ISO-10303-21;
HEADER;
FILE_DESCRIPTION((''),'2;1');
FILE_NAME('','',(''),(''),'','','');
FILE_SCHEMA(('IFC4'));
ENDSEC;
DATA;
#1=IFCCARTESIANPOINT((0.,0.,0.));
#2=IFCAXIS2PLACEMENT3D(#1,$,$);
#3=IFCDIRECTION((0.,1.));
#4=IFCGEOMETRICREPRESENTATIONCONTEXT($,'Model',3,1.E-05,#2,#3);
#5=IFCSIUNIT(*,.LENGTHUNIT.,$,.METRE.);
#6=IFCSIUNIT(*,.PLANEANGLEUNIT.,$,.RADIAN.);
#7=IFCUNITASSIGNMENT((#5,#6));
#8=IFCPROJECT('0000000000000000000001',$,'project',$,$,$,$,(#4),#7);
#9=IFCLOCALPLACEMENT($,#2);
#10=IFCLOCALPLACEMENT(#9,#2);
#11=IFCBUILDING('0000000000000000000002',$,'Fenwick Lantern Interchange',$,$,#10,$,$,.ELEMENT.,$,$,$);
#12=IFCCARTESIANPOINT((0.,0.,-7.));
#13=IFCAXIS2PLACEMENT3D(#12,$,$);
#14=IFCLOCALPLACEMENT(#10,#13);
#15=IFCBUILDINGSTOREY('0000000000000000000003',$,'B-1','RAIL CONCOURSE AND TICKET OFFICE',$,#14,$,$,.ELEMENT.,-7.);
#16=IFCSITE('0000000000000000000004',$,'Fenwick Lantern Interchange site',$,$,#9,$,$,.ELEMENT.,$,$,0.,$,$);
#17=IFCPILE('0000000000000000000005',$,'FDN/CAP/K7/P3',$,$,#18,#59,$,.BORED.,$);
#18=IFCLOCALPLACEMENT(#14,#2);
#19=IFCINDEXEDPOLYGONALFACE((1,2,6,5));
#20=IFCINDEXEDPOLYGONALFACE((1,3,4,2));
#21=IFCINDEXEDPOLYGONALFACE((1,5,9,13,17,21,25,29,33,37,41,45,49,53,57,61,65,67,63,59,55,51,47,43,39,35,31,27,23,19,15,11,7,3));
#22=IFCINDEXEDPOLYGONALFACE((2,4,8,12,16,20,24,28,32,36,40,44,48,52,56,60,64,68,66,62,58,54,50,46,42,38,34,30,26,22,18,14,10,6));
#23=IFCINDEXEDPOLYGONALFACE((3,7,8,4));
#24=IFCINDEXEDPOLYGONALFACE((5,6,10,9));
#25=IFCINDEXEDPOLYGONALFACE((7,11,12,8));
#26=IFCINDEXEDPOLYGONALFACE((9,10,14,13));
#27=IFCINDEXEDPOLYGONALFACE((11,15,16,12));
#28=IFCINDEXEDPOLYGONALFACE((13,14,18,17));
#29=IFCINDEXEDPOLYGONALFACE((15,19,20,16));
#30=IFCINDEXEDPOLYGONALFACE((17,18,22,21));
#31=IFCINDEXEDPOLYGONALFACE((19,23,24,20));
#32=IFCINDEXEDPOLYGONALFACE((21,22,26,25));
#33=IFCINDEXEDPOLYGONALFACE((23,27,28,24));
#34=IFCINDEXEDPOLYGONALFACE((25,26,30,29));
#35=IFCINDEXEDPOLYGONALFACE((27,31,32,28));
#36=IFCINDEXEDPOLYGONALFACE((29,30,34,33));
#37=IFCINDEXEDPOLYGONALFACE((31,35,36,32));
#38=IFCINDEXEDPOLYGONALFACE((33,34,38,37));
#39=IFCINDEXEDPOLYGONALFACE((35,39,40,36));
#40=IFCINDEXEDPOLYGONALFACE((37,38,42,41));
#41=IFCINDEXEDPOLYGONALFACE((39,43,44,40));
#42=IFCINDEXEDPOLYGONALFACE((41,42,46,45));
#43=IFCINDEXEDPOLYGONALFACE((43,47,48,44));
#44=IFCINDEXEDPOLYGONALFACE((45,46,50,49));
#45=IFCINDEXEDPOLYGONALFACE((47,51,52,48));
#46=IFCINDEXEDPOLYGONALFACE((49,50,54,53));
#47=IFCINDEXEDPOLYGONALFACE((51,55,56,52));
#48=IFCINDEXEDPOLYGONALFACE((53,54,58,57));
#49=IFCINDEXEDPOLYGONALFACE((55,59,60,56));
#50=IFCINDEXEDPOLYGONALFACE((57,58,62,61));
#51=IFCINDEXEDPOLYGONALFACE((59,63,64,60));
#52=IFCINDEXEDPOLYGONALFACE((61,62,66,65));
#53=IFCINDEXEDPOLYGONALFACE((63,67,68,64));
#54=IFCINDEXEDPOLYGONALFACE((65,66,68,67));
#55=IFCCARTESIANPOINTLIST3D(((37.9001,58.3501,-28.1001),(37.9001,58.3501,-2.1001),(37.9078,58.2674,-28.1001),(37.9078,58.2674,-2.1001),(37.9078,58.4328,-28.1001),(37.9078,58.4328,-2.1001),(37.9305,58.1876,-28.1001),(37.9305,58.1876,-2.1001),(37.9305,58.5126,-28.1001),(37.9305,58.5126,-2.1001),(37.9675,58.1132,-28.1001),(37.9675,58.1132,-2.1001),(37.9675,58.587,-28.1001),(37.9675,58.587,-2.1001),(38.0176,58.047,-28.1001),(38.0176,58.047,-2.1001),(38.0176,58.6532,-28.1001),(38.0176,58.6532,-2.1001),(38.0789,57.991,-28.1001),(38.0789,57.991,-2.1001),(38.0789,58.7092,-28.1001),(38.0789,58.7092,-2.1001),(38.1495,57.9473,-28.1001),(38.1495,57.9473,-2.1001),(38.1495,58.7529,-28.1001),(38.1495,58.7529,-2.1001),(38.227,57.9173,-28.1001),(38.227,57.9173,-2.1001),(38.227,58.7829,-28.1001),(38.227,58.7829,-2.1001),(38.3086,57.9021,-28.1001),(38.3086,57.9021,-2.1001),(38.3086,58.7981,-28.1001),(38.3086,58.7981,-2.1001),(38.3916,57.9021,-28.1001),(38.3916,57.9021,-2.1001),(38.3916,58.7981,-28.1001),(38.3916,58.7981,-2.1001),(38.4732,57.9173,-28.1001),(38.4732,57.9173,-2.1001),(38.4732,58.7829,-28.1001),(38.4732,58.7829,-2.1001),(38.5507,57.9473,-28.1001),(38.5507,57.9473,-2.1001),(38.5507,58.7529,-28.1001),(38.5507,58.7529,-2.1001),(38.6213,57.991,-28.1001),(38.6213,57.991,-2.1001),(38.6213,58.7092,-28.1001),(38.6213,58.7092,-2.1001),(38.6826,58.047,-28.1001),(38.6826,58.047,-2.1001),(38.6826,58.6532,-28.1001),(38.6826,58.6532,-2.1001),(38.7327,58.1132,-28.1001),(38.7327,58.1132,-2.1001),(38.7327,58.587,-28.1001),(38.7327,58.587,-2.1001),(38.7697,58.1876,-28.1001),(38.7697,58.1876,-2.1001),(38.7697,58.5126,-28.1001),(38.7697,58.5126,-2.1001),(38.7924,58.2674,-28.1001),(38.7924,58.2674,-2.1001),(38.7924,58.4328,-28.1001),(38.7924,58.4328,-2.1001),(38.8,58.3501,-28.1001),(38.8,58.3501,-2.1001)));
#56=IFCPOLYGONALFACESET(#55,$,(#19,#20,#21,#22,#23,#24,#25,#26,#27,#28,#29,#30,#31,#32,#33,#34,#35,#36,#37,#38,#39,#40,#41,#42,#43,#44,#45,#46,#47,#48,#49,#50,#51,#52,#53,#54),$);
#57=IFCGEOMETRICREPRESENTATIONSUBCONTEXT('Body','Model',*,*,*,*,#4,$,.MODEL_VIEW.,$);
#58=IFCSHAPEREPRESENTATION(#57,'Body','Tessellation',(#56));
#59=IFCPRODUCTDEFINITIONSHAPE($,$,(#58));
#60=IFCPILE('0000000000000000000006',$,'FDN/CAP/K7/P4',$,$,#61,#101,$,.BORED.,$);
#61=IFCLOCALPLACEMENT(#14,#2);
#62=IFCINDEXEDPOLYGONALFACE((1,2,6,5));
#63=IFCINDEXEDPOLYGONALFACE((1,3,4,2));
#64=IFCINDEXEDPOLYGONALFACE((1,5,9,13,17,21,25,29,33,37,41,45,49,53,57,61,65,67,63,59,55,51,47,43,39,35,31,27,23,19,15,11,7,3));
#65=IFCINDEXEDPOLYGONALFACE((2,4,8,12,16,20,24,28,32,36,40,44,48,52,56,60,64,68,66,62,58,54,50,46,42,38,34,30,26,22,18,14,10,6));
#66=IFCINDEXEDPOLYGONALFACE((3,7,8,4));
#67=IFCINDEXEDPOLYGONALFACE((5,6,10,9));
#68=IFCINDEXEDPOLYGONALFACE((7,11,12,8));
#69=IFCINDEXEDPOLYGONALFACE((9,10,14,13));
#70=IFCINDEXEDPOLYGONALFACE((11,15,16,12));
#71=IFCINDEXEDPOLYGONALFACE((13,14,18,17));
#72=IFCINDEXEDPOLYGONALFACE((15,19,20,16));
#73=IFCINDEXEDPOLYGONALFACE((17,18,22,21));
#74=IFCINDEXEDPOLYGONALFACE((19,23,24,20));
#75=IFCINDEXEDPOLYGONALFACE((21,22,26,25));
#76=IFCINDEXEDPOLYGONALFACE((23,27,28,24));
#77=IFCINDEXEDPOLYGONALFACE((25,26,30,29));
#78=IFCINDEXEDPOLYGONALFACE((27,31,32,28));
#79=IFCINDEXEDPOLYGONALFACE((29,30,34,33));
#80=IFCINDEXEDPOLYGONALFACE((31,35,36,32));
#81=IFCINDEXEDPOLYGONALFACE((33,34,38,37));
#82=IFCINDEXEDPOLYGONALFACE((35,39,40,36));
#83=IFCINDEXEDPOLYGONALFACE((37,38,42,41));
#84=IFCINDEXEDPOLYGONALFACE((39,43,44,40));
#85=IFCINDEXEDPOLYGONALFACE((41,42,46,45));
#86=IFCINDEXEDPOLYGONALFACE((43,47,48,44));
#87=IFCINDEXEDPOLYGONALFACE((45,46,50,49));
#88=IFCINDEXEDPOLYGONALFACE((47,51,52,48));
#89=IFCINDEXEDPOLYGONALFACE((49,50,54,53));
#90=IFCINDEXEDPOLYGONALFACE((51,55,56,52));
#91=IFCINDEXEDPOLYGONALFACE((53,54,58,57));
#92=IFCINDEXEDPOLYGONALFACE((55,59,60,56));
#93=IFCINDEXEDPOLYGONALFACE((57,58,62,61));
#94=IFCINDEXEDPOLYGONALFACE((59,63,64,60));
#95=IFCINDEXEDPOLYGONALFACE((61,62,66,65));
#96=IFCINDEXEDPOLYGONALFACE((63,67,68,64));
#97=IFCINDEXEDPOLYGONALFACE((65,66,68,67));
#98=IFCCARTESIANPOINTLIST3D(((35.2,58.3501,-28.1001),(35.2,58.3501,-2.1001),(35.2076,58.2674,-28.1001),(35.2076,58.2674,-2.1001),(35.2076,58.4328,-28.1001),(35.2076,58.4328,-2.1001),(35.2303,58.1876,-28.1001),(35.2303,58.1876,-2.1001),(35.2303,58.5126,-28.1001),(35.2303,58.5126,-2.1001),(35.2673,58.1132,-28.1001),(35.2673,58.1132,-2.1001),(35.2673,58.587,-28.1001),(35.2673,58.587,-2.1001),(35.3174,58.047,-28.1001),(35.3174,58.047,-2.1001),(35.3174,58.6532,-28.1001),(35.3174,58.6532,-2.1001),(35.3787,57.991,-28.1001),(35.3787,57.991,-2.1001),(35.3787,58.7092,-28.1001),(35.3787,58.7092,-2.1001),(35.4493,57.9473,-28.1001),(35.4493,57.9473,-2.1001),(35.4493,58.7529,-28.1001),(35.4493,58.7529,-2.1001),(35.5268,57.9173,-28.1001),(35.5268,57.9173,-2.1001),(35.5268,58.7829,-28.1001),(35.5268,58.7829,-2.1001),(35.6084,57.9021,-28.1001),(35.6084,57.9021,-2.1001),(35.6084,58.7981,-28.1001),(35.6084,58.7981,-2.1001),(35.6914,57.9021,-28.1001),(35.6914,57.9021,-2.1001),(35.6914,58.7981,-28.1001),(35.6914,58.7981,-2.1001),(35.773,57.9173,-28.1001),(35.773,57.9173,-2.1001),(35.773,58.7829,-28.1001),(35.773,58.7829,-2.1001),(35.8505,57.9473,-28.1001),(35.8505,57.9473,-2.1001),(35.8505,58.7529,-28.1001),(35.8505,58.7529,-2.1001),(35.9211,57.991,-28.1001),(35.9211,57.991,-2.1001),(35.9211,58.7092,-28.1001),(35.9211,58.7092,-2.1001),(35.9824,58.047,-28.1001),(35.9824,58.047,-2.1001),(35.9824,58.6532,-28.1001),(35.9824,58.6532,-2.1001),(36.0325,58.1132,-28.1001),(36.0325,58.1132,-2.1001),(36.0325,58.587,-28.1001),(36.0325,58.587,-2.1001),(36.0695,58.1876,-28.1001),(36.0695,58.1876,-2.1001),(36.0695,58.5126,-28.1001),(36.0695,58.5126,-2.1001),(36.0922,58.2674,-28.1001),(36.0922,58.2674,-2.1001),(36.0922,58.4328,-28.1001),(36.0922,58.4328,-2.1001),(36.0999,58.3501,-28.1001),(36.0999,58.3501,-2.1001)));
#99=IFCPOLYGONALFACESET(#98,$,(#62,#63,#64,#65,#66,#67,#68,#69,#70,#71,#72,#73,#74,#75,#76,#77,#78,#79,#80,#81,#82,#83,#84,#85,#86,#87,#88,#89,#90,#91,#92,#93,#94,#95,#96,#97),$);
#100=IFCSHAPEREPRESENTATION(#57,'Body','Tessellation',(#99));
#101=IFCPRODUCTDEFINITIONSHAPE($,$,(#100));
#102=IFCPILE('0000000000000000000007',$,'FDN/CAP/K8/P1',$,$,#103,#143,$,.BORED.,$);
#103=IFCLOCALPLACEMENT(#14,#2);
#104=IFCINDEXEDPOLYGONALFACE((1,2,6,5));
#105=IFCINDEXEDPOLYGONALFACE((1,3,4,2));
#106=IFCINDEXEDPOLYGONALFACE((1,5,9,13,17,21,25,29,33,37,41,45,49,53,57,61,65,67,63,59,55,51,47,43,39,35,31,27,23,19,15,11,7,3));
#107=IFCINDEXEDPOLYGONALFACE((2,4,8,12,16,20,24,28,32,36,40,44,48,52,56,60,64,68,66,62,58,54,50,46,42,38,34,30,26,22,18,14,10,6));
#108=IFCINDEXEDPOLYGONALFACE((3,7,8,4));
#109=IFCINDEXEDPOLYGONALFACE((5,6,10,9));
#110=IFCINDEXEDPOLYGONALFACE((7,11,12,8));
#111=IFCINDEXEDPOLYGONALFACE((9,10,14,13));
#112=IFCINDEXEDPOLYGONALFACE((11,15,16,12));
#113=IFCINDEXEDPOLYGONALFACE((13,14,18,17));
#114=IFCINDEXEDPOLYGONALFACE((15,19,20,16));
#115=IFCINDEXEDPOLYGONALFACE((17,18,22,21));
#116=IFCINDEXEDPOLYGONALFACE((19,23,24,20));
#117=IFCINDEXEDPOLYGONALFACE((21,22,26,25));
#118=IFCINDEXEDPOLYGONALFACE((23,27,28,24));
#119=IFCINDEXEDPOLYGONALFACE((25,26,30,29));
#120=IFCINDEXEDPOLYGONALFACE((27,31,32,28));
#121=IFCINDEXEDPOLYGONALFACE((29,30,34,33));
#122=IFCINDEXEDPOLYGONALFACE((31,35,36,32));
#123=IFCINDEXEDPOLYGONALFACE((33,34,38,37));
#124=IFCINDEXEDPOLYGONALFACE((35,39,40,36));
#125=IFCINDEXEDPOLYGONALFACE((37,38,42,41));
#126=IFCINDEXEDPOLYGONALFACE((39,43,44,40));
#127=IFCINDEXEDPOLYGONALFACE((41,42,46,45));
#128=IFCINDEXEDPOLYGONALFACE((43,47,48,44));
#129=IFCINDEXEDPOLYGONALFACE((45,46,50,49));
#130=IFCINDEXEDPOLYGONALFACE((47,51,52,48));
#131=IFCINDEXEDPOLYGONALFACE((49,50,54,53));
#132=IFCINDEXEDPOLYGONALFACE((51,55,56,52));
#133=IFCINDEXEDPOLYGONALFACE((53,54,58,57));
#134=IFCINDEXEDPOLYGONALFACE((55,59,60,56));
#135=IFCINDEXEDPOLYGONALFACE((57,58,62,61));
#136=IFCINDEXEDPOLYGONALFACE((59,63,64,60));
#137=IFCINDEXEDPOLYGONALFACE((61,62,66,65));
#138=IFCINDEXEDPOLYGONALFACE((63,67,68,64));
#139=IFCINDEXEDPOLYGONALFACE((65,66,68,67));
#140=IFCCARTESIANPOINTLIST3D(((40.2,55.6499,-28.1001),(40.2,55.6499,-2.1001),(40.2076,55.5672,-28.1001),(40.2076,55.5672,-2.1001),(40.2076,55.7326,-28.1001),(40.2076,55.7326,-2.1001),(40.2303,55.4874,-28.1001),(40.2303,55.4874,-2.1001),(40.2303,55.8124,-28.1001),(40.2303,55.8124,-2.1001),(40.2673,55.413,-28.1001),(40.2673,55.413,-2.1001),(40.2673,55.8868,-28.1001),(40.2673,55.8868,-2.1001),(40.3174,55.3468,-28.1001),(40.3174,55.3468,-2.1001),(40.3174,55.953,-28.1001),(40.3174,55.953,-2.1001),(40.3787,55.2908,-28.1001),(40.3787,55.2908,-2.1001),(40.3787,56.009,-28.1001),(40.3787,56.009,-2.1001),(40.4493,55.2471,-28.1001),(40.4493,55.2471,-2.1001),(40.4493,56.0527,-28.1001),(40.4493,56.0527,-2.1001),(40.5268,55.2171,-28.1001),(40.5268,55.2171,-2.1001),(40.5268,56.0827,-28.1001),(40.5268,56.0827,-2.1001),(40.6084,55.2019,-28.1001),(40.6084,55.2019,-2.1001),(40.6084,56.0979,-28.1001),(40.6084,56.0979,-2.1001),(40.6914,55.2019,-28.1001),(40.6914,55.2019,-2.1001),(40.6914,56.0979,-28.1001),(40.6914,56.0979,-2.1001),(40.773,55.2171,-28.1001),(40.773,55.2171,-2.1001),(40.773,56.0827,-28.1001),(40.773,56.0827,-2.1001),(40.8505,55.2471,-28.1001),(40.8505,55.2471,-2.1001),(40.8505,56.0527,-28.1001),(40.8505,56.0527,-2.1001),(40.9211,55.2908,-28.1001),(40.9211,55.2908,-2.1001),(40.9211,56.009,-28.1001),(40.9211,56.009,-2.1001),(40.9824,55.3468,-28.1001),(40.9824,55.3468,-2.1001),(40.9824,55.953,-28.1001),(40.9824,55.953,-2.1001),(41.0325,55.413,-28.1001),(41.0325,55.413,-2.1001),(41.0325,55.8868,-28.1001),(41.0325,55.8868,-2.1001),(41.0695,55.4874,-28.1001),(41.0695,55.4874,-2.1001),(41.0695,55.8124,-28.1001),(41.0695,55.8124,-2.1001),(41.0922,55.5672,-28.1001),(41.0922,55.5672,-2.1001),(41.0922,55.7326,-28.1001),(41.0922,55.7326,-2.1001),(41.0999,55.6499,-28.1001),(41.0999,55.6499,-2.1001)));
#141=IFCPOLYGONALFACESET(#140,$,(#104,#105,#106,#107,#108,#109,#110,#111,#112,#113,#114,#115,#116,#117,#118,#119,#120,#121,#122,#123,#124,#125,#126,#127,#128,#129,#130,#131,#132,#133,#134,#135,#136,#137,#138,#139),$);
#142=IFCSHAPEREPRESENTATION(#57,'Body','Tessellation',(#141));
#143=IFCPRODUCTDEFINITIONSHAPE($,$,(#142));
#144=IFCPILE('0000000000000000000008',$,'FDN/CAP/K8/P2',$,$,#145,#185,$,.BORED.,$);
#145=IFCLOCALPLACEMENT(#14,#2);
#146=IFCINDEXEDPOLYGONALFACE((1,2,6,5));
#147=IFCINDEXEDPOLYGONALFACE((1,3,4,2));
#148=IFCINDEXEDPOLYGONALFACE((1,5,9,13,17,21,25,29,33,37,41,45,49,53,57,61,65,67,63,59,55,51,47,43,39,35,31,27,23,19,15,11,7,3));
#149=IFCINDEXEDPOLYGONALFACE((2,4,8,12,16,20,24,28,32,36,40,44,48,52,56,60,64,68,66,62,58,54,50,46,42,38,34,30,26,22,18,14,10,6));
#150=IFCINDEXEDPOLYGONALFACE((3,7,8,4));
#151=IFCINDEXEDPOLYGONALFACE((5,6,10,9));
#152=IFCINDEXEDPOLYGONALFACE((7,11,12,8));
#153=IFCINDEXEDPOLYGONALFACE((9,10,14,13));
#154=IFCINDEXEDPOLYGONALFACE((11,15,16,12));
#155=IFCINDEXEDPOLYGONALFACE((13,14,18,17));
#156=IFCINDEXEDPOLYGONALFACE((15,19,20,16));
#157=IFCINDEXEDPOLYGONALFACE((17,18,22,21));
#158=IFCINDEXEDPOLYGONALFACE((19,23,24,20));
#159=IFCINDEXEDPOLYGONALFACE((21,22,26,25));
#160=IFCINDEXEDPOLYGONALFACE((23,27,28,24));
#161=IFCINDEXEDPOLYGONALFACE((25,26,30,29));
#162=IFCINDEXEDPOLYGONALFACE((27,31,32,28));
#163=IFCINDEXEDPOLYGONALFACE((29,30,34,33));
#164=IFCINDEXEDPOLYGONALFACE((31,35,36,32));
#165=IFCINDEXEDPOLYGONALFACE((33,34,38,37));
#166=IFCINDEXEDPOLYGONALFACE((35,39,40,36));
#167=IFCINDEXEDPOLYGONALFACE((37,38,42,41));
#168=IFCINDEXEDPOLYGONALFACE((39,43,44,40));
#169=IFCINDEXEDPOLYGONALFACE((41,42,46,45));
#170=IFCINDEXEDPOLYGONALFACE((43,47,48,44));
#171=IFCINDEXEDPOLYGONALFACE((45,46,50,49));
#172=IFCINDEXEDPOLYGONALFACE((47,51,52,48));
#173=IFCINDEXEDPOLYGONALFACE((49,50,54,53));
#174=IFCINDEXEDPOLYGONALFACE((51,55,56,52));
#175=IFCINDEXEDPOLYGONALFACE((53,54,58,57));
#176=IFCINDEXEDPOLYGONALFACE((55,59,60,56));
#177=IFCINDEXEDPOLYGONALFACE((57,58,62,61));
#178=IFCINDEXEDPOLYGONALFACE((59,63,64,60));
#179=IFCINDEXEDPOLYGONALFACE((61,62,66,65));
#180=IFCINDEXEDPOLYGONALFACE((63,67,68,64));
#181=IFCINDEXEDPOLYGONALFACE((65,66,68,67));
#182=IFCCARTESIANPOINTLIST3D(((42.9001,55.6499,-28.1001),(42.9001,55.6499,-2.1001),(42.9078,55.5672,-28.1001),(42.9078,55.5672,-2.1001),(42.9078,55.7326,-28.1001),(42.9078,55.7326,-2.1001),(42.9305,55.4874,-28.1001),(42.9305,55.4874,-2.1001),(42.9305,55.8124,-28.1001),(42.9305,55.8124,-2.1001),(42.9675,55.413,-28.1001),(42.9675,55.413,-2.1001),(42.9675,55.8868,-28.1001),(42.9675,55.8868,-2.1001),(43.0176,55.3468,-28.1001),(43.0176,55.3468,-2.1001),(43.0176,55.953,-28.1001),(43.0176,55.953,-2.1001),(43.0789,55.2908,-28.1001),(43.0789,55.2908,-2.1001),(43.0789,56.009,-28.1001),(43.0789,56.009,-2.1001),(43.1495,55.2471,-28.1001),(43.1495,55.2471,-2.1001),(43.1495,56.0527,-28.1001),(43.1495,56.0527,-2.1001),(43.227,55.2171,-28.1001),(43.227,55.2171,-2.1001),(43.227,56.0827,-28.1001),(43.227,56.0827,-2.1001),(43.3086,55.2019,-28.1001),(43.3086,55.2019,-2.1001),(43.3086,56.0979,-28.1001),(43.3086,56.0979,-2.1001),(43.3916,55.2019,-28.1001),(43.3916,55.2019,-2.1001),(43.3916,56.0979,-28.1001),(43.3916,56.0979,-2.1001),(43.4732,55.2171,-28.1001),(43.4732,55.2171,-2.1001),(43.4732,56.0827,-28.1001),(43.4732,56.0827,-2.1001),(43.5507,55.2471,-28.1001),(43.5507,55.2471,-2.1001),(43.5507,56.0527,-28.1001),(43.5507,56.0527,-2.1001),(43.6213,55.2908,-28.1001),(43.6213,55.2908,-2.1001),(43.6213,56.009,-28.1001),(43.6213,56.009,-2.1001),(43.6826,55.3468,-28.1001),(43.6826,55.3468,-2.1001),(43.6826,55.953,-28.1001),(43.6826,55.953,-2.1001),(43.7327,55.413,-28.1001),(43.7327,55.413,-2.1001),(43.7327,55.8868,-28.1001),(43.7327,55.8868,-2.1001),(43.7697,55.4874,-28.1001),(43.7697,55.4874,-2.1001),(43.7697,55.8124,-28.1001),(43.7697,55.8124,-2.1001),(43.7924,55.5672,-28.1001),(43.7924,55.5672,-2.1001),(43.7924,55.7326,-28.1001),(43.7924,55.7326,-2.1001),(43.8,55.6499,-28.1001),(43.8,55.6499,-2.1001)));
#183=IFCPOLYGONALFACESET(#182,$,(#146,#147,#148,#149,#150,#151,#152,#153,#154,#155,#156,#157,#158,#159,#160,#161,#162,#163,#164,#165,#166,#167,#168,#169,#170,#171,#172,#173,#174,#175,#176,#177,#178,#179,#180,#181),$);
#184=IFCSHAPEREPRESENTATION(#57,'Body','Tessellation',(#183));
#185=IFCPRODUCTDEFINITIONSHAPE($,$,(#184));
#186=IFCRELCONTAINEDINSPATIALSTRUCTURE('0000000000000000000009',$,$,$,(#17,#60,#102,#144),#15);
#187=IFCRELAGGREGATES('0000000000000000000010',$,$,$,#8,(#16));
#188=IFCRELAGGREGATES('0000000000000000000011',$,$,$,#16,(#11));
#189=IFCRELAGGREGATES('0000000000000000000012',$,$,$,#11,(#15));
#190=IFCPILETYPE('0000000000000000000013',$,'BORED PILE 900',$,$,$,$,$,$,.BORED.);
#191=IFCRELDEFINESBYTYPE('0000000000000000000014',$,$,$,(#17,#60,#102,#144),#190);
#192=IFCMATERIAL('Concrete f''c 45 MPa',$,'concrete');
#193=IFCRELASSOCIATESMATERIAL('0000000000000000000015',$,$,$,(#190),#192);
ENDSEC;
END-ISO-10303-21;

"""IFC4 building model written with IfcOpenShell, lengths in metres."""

from ifc_helpers import new_model, si_unit, direction, frame, origin, origin_2d, place, context, subcontext, project, spatial, circle, extrude, material, type_object, element, save


model = new_model("IFC4")

# Units and contexts
model_context = context("Model", 3, precision=1e-05, world=origin(), true_north=direction((0.0, 1.0)))
body_context = subcontext(model_context, "Body", "Model", "MODEL_VIEW")
ifc_project = project(units=[si_unit("LENGTHUNIT", "METRE"), si_unit("PLANEANGLEUNIT", "RADIAN")], contexts=[model_context])

# Site, building, storey
site_placement = place(None, origin())
site = spatial("IfcSite", under=ifc_project, at=site_placement, Name="Fenwick Lantern Interchange site", CompositionType="ELEMENT", RefElevation=0.0)
building_placement = place(site_placement, origin())
building = spatial("IfcBuilding", under=site, at=building_placement, Name="Fenwick Lantern Interchange", CompositionType="ELEMENT")
storey_placement = place(building_placement, frame((0.0, 0.0, -7.0)))
storey = spatial("IfcBuildingStorey", under=building, at=storey_placement, Name="B-1", Description="RAIL CONCOURSE AND TICKET OFFICE", CompositionType="ELEMENT", Elevation=-7.0)

# Piles
ifc_material_1 = material(Name="Concrete f'c 45 MPa", Category="concrete")
pile_type_1 = type_object("IfcPileType", Name="BORED PILE 900", PredefinedType="BORED", material=ifc_material_1)
for number, where, z_axis, x_axis, name in (
    (1, (38.3501, 58.3501, -2.1001), (0.0, 0.0, -1.0), (1.0, 0.0, 0.0), "FDN/CAP/K7/P3"),
    (2, (35.6499, 58.3501, -2.1001), (0.0, 0.0, -1.0), (1.0, 0.0, 0.0), "FDN/CAP/K7/P4"),
    (3, (40.6499, 55.6499, -2.1001), (0.0, 0.0, -1.0), (1.0, 0.0, 0.0), "FDN/CAP/K8/P1"),
    (4, (43.3501, 55.6499, -2.1001), (0.0, 0.0, -1.0), (1.0, 0.0, 0.0), "FDN/CAP/K8/P2"),
):
    element("IfcPile", number, at=place(storey_placement, frame(where, z_axis=z_axis, x_axis=x_axis)), inside=storey, type_object=pile_type_1, Name=name, PredefinedType="BORED", context=body_context, shape_type="SweptSolid", body=[
        extrude(circle(Radius=0.45, at=origin_2d()), origin(), (0.0, 0.0, 1.0), 26.0),
    ])

save(model, "model.ifc")
